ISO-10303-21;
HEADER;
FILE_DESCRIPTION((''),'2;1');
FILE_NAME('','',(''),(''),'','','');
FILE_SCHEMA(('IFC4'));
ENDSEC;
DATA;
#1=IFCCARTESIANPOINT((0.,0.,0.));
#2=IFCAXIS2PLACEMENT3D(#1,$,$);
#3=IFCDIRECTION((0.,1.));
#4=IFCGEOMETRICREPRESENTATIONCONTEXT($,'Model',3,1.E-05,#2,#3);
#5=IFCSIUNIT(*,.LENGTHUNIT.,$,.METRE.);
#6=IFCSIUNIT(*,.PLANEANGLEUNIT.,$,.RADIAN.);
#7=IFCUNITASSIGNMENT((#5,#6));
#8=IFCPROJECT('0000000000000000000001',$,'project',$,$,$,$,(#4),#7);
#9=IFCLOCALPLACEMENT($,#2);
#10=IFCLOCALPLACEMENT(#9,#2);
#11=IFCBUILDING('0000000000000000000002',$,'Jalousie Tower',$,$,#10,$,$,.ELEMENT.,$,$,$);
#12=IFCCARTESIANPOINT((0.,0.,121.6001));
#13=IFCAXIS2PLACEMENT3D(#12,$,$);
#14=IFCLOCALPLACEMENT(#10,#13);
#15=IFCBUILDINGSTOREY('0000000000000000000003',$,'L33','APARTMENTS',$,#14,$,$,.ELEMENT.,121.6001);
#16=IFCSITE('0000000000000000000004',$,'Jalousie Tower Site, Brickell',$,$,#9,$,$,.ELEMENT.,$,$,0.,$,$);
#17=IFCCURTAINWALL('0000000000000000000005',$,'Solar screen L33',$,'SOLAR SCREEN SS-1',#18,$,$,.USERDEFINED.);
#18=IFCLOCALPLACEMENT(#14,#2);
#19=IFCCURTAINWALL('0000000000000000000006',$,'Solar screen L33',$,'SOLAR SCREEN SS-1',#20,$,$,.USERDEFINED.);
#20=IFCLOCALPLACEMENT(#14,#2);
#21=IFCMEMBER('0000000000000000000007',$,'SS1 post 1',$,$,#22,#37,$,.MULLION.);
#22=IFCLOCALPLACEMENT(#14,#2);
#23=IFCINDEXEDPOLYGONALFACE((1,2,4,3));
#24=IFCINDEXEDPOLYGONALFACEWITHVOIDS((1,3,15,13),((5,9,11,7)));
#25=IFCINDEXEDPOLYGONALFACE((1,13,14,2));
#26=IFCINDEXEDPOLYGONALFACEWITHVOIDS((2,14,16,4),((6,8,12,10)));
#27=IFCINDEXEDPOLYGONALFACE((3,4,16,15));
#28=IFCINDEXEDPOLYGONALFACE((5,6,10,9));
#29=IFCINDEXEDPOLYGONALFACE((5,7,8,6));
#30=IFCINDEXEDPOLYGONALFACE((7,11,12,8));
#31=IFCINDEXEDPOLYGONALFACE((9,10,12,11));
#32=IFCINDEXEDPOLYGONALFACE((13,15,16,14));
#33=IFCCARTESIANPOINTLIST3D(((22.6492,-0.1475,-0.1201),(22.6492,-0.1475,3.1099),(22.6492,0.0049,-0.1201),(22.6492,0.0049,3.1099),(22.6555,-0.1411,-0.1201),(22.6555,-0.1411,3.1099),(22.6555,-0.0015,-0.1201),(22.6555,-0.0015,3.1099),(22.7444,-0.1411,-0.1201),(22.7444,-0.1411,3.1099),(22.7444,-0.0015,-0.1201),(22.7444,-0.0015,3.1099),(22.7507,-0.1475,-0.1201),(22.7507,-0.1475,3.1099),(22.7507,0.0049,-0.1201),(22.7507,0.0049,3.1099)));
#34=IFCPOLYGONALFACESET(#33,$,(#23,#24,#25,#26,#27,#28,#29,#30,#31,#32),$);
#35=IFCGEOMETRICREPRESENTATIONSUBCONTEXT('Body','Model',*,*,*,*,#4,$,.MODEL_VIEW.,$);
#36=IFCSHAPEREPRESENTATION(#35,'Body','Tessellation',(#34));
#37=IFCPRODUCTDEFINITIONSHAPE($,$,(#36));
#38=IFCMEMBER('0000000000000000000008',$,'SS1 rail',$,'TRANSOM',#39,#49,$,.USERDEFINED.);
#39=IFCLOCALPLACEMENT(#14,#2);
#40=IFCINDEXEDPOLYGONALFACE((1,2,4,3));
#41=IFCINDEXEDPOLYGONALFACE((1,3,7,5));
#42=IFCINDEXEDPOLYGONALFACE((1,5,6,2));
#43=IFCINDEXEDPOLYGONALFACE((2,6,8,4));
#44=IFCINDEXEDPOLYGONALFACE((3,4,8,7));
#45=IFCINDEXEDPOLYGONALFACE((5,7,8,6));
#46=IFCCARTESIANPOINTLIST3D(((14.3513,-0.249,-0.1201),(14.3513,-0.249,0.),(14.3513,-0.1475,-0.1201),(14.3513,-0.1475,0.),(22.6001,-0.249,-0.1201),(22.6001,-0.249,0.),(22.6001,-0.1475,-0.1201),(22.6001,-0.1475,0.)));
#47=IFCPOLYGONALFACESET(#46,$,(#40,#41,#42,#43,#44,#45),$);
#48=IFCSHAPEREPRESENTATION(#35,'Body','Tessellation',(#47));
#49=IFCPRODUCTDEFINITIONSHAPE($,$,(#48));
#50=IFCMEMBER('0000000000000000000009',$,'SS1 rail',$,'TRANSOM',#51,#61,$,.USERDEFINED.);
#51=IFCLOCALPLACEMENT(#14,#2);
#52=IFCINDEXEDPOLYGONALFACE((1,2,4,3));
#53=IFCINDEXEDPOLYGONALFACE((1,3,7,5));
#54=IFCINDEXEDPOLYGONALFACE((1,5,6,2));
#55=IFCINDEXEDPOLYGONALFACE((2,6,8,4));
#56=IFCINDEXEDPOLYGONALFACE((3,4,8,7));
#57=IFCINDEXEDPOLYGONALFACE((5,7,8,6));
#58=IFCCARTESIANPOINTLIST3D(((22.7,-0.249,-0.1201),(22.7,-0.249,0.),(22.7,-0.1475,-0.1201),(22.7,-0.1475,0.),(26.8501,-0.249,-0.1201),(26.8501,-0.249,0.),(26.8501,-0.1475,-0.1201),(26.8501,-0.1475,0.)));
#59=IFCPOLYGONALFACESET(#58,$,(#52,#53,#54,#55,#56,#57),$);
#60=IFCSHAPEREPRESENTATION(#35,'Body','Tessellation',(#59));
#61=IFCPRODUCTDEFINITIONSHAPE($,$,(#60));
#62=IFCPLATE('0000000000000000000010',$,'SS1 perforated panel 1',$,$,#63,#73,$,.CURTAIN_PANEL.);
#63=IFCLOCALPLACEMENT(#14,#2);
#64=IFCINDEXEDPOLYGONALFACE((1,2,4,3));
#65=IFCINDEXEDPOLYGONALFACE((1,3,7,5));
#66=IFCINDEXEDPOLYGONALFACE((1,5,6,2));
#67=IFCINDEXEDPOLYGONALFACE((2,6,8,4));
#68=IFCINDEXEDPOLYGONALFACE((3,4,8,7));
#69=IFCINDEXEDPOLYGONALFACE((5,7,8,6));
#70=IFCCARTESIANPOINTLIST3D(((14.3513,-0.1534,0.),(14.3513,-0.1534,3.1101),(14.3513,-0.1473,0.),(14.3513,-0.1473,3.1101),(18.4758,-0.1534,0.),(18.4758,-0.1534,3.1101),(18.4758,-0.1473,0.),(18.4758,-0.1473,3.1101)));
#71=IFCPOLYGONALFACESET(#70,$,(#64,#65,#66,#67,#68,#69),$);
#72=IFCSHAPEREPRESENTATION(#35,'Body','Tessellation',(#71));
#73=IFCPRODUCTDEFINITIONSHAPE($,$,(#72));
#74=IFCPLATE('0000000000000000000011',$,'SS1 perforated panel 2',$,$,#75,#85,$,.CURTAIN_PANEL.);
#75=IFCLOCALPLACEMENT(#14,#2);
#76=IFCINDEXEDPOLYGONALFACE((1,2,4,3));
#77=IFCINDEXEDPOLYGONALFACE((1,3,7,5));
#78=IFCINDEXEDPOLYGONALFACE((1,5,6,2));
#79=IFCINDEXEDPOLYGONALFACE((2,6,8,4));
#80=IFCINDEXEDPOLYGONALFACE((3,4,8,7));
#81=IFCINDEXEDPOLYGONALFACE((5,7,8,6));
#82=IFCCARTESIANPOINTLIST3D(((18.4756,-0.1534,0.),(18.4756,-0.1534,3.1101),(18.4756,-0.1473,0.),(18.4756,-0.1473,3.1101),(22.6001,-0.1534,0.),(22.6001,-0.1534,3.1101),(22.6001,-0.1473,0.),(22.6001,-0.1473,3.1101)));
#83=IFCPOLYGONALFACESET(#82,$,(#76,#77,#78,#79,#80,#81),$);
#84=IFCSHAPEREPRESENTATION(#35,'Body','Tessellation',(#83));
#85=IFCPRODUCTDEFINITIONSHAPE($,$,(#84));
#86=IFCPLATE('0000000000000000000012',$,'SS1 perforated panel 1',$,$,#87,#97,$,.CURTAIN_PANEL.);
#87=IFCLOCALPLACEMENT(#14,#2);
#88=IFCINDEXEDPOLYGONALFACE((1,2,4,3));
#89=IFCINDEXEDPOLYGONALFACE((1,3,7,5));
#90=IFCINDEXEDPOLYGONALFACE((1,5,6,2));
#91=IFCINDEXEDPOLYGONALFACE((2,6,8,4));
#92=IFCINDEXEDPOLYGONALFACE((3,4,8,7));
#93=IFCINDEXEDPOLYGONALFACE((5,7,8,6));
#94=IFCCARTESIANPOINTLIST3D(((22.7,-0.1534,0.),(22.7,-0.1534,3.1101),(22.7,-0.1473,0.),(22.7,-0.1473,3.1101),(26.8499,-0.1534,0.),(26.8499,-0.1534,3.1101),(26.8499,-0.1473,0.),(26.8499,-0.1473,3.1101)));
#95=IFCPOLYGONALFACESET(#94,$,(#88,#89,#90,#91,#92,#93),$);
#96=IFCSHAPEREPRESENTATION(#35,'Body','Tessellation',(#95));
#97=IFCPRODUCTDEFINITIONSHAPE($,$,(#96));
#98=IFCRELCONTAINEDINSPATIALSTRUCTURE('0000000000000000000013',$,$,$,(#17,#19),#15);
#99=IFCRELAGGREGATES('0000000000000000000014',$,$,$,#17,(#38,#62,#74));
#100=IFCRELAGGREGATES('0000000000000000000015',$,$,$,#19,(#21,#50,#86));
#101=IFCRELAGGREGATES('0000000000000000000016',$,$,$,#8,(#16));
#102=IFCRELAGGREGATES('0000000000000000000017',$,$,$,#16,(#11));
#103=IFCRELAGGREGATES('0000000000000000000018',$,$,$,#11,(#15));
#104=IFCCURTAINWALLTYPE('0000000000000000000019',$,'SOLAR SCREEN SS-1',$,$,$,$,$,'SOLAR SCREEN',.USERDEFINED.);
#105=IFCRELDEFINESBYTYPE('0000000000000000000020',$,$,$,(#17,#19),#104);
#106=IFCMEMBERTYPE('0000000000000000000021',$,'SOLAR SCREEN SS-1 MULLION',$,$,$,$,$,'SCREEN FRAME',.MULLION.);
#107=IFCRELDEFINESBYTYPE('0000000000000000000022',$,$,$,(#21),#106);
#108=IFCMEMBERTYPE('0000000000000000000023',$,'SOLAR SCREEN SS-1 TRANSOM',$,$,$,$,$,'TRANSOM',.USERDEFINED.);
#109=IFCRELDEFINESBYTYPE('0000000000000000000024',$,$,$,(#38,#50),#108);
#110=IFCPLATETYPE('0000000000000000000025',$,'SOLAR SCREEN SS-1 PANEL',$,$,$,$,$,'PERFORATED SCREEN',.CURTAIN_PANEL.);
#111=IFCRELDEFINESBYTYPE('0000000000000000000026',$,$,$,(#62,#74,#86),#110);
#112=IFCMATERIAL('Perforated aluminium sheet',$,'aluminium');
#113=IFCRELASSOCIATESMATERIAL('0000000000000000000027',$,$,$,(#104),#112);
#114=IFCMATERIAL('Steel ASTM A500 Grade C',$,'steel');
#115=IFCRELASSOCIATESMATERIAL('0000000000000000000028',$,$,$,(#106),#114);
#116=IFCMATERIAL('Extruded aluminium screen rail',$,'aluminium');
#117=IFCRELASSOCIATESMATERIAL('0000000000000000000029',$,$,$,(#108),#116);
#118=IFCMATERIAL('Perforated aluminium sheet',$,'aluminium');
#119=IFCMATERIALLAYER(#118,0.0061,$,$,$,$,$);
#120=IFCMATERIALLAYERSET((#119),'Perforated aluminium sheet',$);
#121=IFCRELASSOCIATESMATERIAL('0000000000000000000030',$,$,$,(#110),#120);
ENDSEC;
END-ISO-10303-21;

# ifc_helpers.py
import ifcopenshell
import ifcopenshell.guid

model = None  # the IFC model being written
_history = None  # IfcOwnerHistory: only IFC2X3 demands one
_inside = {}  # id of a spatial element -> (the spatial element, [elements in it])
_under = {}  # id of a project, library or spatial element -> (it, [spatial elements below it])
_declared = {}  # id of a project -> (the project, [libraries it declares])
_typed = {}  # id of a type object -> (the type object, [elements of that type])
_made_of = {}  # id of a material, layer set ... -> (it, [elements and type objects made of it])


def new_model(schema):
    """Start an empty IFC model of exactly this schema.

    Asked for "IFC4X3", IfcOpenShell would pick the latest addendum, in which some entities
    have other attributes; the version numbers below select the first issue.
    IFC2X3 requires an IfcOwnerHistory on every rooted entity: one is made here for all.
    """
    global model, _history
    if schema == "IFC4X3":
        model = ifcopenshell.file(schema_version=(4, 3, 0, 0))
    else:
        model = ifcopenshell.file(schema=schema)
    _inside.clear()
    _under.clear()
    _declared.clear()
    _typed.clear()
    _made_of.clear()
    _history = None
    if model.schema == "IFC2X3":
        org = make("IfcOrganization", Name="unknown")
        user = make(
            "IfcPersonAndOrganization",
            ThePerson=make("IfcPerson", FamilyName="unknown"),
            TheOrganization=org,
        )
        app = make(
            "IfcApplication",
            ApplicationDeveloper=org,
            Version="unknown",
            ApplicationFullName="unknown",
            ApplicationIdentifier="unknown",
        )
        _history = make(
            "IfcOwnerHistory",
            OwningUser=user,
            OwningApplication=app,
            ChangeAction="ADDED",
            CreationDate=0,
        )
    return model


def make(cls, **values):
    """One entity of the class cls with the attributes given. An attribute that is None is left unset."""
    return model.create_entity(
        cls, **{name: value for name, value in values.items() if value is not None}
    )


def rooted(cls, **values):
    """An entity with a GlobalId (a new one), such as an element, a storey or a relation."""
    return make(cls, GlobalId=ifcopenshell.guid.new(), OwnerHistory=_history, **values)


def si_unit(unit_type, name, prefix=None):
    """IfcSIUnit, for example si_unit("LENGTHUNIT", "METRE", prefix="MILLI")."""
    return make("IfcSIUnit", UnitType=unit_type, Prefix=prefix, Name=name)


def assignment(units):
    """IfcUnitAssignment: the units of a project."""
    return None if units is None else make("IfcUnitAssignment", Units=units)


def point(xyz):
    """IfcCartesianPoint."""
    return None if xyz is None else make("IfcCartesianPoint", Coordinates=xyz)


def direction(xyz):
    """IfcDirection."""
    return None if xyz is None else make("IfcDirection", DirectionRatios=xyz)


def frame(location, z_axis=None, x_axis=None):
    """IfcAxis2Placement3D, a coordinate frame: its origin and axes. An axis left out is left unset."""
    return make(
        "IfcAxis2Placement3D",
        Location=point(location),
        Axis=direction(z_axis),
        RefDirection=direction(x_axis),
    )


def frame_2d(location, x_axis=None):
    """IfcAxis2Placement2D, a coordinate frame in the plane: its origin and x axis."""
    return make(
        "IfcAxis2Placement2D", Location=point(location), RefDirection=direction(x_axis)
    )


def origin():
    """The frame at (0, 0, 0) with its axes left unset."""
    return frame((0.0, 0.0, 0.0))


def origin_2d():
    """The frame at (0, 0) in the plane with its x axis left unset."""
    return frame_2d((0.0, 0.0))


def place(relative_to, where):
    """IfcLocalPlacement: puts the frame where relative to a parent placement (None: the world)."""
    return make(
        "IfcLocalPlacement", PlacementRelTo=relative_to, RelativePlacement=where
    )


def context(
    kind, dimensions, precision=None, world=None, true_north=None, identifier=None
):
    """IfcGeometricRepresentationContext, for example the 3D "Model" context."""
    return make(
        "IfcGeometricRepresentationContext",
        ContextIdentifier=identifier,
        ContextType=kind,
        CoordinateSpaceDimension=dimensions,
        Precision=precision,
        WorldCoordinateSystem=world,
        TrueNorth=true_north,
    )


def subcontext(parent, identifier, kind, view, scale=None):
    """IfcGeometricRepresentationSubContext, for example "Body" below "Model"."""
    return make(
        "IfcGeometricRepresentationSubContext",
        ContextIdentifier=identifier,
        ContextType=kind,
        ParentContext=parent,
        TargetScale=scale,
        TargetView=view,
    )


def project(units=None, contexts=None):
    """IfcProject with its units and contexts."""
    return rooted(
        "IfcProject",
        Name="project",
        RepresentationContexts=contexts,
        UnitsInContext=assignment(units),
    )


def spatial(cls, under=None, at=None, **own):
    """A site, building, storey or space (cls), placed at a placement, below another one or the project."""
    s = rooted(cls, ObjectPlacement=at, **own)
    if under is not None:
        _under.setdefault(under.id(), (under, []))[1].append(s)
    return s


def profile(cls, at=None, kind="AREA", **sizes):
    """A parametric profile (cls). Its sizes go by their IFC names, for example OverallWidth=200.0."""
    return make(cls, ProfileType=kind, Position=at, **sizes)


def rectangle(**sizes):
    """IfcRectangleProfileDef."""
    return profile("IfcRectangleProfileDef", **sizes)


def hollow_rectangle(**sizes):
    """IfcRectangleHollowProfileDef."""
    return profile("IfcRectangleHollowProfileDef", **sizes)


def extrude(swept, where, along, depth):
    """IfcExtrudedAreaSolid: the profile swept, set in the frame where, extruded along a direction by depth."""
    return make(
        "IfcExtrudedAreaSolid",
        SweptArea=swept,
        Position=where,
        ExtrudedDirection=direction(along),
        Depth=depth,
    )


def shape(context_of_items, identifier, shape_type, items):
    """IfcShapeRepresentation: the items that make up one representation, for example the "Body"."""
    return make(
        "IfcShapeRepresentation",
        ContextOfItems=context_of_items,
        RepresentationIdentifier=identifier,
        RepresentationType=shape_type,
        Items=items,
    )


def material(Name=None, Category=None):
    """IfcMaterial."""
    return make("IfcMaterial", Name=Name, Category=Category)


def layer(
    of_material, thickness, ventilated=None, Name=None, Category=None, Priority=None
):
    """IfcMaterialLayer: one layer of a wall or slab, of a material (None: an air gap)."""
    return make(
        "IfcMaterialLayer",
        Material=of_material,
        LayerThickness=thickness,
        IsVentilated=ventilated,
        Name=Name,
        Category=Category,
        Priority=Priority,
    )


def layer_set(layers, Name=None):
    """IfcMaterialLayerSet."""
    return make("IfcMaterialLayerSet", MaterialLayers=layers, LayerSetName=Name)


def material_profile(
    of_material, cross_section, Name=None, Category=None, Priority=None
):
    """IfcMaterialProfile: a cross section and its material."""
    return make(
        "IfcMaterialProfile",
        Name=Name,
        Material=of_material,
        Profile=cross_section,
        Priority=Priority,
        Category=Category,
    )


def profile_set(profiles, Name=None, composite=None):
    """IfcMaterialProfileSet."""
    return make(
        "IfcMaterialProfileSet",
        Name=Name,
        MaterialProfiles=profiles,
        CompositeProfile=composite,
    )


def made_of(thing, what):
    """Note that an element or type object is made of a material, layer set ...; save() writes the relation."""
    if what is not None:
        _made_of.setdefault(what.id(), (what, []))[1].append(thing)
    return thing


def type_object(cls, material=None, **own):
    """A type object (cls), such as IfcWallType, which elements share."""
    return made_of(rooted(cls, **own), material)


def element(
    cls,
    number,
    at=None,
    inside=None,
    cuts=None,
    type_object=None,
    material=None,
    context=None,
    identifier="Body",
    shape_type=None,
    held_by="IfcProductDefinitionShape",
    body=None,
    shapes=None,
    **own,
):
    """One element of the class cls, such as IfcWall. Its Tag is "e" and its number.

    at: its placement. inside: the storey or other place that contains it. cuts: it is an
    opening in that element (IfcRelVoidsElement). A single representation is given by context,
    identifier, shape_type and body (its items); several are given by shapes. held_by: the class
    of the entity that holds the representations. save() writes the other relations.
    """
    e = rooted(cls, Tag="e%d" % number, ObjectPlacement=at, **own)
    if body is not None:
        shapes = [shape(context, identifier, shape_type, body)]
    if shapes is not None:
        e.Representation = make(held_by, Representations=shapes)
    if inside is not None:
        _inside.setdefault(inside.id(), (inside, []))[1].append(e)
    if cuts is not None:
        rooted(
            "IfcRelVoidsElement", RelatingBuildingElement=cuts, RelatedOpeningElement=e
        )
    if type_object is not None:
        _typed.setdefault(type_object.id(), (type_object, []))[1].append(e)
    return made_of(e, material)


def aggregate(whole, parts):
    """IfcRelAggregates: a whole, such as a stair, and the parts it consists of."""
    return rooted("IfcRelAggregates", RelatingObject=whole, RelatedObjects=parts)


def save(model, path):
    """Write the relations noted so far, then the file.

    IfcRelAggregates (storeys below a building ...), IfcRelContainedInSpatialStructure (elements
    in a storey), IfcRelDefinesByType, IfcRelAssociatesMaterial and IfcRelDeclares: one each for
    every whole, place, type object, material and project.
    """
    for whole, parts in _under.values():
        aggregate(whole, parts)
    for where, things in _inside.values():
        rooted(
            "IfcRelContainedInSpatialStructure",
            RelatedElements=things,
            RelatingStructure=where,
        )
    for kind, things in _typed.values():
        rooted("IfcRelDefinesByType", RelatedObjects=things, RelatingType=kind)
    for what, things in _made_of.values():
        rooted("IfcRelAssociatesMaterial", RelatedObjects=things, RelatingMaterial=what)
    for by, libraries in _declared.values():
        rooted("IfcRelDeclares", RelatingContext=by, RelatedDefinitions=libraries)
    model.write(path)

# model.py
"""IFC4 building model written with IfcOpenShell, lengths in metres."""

from ifc_helpers import new_model, si_unit, direction, frame, origin, origin_2d, place, context, subcontext, project, spatial, rectangle, hollow_rectangle, extrude, material, layer, layer_set, material_profile, profile_set, type_object, element, aggregate, save


model = new_model("IFC4")

# Units and contexts
model_context = context("Model", 3, precision=1e-05, world=origin(), true_north=direction((0.0, 1.0)))
body_context = subcontext(model_context, "Body", "Model", "MODEL_VIEW")
ifc_project = project(units=[si_unit("LENGTHUNIT", "METRE"), si_unit("PLANEANGLEUNIT", "RADIAN")], contexts=[model_context])

# Site, building, storey
site_placement = place(None, origin())
site = spatial("IfcSite", under=ifc_project, at=site_placement, Name="Jalousie Tower Site, Brickell", CompositionType="ELEMENT", RefElevation=0.0)
building_placement = place(site_placement, origin())
building = spatial("IfcBuilding", under=site, at=building_placement, Name="Jalousie Tower", CompositionType="ELEMENT")
storey_placement = place(building_placement, frame((0.0, 0.0, 121.6001)))
storey = spatial("IfcBuildingStorey", under=building, at=storey_placement, Name="L33", Description="APARTMENTS", CompositionType="ELEMENT", Elevation=121.6001)

# Curtain wall
ifc_material_1 = material(Name="Perforated aluminium sheet", Category="aluminium")
curtain_wall_type = type_object("IfcCurtainWallType", Name="SOLAR SCREEN SS-1", ElementType="SOLAR SCREEN", PredefinedType="USERDEFINED", material=ifc_material_1)
curtain_wall_1_placement = place(storey_placement, origin())
curtain_wall_1 = element("IfcCurtainWall", 1, at=curtain_wall_1_placement, inside=storey, type_object=curtain_wall_type, Name="Solar screen L33", ObjectType="SOLAR SCREEN SS-1", PredefinedType="USERDEFINED")
ifc_material_2 = material(Name="Steel ASTM A500 Grade C", Category="steel")
ifc_material_profile_1 = material_profile(ifc_material_2, hollow_rectangle(XDim=0.1016, YDim=0.1523, WallThickness=0.0063, at=origin_2d()), Name="HSS6X4X1/4")
ifc_profile_set_1 = profile_set([ifc_material_profile_1], Name="Steel ASTM A500 Grade C")
member_type_1 = type_object("IfcMemberType", Name="SOLAR SCREEN SS-1 MULLION", ElementType="SCREEN FRAME", PredefinedType="MULLION", material=ifc_profile_set_1)

# Curtain wall, member
curtain_wall_2_placement = place(storey_placement, origin())
curtain_wall_2 = element("IfcCurtainWall", 2, at=curtain_wall_2_placement, inside=storey, type_object=curtain_wall_type, Name="Solar screen L33", ObjectType="SOLAR SCREEN SS-1", PredefinedType="USERDEFINED")
member_1_placement = place(storey_placement, frame((22.7, -0.0713, -0.1201), z_axis=(0.0, 0.0, 1.0), x_axis=(1.0, 0.0, 0.0)))
member_1 = element("IfcMember", 3, at=member_1_placement, type_object=member_type_1, Name="SS1 post 1", PredefinedType="MULLION", context=body_context, shape_type="SweptSolid", body=[
    extrude(hollow_rectangle(XDim=0.1016, YDim=0.1523, WallThickness=0.0063, at=origin_2d()), origin(), (0.0, 0.0, 1.0), 3.23),
])

# Members
ifc_material_3 = material(Name="Extruded aluminium screen rail", Category="aluminium")
ifc_material_profile_2 = material_profile(ifc_material_3, rectangle(XDim=0.1016, YDim=0.1201, at=origin_2d()), Name="RAIL 102x120")
ifc_profile_set_2 = profile_set([ifc_material_profile_2], Name="Extruded aluminium screen rail")
member_type_2 = type_object("IfcMemberType", Name="SOLAR SCREEN SS-1 TRANSOM", ElementType="TRANSOM", PredefinedType="USERDEFINED", material=ifc_profile_set_2)
member_2_placement = place(storey_placement, frame((14.3513, -0.1982, -0.0601), z_axis=(1.0, 0.0, 0.0), x_axis=(0.0, 1.0, 0.0)))
member_2 = element("IfcMember", 4, at=member_2_placement, type_object=member_type_2, Name="SS1 rail", ObjectType="TRANSOM", PredefinedType="USERDEFINED", context=body_context, shape_type="SweptSolid", body=[
    extrude(rectangle(XDim=0.1016, YDim=0.1201, at=origin_2d()), origin(), (0.0, 0.0, 1.0), 8.2488),
])
member_3_placement = place(storey_placement, frame((22.7, -0.1982, -0.0601), z_axis=(1.0, 0.0, 0.0), x_axis=(0.0, 1.0, 0.0)))
member_3 = element("IfcMember", 5, at=member_3_placement, type_object=member_type_2, Name="SS1 rail", ObjectType="TRANSOM", PredefinedType="USERDEFINED", context=body_context, shape_type="SweptSolid", body=[
    extrude(rectangle(XDim=0.1016, YDim=0.1201, at=origin_2d()), origin(), (0.0, 0.0, 1.0), 4.1501),
])

# Plates
ifc_material_4 = material(Name="Perforated aluminium sheet", Category="aluminium")
ifc_layer_1 = layer(ifc_material_4, 0.0061)
ifc_layer_set_1 = layer_set([ifc_layer_1], Name="Perforated aluminium sheet")
plate_type = type_object("IfcPlateType", Name="SOLAR SCREEN SS-1 PANEL", ElementType="PERFORATED SCREEN", PredefinedType="CURTAIN_PANEL", material=ifc_layer_set_1)
plate_1_placement = place(storey_placement, frame((16.4136, -0.1504, 0.0), z_axis=(0.0, 0.0, 1.0), x_axis=(1.0, 0.0, 0.0)))
plate_1 = element("IfcPlate", 6, at=plate_1_placement, type_object=plate_type, Name="SS1 perforated panel 1", PredefinedType="CURTAIN_PANEL", context=body_context, shape_type="SweptSolid", body=[
    extrude(rectangle(XDim=4.1245, YDim=0.0061, at=origin_2d()), origin(), (0.0, 0.0, 1.0), 3.1101),
])
plate_2_placement = place(storey_placement, frame((20.5378, -0.1504, 0.0), z_axis=(0.0, 0.0, 1.0), x_axis=(1.0, 0.0, 0.0)))
plate_2 = element("IfcPlate", 7, at=plate_2_placement, type_object=plate_type, Name="SS1 perforated panel 2", PredefinedType="CURTAIN_PANEL", context=body_context, shape_type="SweptSolid", body=[
    extrude(rectangle(XDim=4.1245, YDim=0.0061, at=origin_2d()), origin(), (0.0, 0.0, 1.0), 3.1101),
])
aggregate(curtain_wall_1, [member_2, plate_1, plate_2])
plate_3_placement = place(storey_placement, frame((24.7749, -0.1504, 0.0), z_axis=(0.0, 0.0, 1.0), x_axis=(1.0, 0.0, 0.0)))
plate_3 = element("IfcPlate", 8, at=plate_3_placement, type_object=plate_type, Name="SS1 perforated panel 1", PredefinedType="CURTAIN_PANEL", context=body_context, shape_type="SweptSolid", body=[
    extrude(rectangle(XDim=4.1499, YDim=0.0061, at=origin_2d()), origin(), (0.0, 0.0, 1.0), 3.1101),
])
aggregate(curtain_wall_2, [member_1, member_3, plate_3])

save(model, "model.ifc")
